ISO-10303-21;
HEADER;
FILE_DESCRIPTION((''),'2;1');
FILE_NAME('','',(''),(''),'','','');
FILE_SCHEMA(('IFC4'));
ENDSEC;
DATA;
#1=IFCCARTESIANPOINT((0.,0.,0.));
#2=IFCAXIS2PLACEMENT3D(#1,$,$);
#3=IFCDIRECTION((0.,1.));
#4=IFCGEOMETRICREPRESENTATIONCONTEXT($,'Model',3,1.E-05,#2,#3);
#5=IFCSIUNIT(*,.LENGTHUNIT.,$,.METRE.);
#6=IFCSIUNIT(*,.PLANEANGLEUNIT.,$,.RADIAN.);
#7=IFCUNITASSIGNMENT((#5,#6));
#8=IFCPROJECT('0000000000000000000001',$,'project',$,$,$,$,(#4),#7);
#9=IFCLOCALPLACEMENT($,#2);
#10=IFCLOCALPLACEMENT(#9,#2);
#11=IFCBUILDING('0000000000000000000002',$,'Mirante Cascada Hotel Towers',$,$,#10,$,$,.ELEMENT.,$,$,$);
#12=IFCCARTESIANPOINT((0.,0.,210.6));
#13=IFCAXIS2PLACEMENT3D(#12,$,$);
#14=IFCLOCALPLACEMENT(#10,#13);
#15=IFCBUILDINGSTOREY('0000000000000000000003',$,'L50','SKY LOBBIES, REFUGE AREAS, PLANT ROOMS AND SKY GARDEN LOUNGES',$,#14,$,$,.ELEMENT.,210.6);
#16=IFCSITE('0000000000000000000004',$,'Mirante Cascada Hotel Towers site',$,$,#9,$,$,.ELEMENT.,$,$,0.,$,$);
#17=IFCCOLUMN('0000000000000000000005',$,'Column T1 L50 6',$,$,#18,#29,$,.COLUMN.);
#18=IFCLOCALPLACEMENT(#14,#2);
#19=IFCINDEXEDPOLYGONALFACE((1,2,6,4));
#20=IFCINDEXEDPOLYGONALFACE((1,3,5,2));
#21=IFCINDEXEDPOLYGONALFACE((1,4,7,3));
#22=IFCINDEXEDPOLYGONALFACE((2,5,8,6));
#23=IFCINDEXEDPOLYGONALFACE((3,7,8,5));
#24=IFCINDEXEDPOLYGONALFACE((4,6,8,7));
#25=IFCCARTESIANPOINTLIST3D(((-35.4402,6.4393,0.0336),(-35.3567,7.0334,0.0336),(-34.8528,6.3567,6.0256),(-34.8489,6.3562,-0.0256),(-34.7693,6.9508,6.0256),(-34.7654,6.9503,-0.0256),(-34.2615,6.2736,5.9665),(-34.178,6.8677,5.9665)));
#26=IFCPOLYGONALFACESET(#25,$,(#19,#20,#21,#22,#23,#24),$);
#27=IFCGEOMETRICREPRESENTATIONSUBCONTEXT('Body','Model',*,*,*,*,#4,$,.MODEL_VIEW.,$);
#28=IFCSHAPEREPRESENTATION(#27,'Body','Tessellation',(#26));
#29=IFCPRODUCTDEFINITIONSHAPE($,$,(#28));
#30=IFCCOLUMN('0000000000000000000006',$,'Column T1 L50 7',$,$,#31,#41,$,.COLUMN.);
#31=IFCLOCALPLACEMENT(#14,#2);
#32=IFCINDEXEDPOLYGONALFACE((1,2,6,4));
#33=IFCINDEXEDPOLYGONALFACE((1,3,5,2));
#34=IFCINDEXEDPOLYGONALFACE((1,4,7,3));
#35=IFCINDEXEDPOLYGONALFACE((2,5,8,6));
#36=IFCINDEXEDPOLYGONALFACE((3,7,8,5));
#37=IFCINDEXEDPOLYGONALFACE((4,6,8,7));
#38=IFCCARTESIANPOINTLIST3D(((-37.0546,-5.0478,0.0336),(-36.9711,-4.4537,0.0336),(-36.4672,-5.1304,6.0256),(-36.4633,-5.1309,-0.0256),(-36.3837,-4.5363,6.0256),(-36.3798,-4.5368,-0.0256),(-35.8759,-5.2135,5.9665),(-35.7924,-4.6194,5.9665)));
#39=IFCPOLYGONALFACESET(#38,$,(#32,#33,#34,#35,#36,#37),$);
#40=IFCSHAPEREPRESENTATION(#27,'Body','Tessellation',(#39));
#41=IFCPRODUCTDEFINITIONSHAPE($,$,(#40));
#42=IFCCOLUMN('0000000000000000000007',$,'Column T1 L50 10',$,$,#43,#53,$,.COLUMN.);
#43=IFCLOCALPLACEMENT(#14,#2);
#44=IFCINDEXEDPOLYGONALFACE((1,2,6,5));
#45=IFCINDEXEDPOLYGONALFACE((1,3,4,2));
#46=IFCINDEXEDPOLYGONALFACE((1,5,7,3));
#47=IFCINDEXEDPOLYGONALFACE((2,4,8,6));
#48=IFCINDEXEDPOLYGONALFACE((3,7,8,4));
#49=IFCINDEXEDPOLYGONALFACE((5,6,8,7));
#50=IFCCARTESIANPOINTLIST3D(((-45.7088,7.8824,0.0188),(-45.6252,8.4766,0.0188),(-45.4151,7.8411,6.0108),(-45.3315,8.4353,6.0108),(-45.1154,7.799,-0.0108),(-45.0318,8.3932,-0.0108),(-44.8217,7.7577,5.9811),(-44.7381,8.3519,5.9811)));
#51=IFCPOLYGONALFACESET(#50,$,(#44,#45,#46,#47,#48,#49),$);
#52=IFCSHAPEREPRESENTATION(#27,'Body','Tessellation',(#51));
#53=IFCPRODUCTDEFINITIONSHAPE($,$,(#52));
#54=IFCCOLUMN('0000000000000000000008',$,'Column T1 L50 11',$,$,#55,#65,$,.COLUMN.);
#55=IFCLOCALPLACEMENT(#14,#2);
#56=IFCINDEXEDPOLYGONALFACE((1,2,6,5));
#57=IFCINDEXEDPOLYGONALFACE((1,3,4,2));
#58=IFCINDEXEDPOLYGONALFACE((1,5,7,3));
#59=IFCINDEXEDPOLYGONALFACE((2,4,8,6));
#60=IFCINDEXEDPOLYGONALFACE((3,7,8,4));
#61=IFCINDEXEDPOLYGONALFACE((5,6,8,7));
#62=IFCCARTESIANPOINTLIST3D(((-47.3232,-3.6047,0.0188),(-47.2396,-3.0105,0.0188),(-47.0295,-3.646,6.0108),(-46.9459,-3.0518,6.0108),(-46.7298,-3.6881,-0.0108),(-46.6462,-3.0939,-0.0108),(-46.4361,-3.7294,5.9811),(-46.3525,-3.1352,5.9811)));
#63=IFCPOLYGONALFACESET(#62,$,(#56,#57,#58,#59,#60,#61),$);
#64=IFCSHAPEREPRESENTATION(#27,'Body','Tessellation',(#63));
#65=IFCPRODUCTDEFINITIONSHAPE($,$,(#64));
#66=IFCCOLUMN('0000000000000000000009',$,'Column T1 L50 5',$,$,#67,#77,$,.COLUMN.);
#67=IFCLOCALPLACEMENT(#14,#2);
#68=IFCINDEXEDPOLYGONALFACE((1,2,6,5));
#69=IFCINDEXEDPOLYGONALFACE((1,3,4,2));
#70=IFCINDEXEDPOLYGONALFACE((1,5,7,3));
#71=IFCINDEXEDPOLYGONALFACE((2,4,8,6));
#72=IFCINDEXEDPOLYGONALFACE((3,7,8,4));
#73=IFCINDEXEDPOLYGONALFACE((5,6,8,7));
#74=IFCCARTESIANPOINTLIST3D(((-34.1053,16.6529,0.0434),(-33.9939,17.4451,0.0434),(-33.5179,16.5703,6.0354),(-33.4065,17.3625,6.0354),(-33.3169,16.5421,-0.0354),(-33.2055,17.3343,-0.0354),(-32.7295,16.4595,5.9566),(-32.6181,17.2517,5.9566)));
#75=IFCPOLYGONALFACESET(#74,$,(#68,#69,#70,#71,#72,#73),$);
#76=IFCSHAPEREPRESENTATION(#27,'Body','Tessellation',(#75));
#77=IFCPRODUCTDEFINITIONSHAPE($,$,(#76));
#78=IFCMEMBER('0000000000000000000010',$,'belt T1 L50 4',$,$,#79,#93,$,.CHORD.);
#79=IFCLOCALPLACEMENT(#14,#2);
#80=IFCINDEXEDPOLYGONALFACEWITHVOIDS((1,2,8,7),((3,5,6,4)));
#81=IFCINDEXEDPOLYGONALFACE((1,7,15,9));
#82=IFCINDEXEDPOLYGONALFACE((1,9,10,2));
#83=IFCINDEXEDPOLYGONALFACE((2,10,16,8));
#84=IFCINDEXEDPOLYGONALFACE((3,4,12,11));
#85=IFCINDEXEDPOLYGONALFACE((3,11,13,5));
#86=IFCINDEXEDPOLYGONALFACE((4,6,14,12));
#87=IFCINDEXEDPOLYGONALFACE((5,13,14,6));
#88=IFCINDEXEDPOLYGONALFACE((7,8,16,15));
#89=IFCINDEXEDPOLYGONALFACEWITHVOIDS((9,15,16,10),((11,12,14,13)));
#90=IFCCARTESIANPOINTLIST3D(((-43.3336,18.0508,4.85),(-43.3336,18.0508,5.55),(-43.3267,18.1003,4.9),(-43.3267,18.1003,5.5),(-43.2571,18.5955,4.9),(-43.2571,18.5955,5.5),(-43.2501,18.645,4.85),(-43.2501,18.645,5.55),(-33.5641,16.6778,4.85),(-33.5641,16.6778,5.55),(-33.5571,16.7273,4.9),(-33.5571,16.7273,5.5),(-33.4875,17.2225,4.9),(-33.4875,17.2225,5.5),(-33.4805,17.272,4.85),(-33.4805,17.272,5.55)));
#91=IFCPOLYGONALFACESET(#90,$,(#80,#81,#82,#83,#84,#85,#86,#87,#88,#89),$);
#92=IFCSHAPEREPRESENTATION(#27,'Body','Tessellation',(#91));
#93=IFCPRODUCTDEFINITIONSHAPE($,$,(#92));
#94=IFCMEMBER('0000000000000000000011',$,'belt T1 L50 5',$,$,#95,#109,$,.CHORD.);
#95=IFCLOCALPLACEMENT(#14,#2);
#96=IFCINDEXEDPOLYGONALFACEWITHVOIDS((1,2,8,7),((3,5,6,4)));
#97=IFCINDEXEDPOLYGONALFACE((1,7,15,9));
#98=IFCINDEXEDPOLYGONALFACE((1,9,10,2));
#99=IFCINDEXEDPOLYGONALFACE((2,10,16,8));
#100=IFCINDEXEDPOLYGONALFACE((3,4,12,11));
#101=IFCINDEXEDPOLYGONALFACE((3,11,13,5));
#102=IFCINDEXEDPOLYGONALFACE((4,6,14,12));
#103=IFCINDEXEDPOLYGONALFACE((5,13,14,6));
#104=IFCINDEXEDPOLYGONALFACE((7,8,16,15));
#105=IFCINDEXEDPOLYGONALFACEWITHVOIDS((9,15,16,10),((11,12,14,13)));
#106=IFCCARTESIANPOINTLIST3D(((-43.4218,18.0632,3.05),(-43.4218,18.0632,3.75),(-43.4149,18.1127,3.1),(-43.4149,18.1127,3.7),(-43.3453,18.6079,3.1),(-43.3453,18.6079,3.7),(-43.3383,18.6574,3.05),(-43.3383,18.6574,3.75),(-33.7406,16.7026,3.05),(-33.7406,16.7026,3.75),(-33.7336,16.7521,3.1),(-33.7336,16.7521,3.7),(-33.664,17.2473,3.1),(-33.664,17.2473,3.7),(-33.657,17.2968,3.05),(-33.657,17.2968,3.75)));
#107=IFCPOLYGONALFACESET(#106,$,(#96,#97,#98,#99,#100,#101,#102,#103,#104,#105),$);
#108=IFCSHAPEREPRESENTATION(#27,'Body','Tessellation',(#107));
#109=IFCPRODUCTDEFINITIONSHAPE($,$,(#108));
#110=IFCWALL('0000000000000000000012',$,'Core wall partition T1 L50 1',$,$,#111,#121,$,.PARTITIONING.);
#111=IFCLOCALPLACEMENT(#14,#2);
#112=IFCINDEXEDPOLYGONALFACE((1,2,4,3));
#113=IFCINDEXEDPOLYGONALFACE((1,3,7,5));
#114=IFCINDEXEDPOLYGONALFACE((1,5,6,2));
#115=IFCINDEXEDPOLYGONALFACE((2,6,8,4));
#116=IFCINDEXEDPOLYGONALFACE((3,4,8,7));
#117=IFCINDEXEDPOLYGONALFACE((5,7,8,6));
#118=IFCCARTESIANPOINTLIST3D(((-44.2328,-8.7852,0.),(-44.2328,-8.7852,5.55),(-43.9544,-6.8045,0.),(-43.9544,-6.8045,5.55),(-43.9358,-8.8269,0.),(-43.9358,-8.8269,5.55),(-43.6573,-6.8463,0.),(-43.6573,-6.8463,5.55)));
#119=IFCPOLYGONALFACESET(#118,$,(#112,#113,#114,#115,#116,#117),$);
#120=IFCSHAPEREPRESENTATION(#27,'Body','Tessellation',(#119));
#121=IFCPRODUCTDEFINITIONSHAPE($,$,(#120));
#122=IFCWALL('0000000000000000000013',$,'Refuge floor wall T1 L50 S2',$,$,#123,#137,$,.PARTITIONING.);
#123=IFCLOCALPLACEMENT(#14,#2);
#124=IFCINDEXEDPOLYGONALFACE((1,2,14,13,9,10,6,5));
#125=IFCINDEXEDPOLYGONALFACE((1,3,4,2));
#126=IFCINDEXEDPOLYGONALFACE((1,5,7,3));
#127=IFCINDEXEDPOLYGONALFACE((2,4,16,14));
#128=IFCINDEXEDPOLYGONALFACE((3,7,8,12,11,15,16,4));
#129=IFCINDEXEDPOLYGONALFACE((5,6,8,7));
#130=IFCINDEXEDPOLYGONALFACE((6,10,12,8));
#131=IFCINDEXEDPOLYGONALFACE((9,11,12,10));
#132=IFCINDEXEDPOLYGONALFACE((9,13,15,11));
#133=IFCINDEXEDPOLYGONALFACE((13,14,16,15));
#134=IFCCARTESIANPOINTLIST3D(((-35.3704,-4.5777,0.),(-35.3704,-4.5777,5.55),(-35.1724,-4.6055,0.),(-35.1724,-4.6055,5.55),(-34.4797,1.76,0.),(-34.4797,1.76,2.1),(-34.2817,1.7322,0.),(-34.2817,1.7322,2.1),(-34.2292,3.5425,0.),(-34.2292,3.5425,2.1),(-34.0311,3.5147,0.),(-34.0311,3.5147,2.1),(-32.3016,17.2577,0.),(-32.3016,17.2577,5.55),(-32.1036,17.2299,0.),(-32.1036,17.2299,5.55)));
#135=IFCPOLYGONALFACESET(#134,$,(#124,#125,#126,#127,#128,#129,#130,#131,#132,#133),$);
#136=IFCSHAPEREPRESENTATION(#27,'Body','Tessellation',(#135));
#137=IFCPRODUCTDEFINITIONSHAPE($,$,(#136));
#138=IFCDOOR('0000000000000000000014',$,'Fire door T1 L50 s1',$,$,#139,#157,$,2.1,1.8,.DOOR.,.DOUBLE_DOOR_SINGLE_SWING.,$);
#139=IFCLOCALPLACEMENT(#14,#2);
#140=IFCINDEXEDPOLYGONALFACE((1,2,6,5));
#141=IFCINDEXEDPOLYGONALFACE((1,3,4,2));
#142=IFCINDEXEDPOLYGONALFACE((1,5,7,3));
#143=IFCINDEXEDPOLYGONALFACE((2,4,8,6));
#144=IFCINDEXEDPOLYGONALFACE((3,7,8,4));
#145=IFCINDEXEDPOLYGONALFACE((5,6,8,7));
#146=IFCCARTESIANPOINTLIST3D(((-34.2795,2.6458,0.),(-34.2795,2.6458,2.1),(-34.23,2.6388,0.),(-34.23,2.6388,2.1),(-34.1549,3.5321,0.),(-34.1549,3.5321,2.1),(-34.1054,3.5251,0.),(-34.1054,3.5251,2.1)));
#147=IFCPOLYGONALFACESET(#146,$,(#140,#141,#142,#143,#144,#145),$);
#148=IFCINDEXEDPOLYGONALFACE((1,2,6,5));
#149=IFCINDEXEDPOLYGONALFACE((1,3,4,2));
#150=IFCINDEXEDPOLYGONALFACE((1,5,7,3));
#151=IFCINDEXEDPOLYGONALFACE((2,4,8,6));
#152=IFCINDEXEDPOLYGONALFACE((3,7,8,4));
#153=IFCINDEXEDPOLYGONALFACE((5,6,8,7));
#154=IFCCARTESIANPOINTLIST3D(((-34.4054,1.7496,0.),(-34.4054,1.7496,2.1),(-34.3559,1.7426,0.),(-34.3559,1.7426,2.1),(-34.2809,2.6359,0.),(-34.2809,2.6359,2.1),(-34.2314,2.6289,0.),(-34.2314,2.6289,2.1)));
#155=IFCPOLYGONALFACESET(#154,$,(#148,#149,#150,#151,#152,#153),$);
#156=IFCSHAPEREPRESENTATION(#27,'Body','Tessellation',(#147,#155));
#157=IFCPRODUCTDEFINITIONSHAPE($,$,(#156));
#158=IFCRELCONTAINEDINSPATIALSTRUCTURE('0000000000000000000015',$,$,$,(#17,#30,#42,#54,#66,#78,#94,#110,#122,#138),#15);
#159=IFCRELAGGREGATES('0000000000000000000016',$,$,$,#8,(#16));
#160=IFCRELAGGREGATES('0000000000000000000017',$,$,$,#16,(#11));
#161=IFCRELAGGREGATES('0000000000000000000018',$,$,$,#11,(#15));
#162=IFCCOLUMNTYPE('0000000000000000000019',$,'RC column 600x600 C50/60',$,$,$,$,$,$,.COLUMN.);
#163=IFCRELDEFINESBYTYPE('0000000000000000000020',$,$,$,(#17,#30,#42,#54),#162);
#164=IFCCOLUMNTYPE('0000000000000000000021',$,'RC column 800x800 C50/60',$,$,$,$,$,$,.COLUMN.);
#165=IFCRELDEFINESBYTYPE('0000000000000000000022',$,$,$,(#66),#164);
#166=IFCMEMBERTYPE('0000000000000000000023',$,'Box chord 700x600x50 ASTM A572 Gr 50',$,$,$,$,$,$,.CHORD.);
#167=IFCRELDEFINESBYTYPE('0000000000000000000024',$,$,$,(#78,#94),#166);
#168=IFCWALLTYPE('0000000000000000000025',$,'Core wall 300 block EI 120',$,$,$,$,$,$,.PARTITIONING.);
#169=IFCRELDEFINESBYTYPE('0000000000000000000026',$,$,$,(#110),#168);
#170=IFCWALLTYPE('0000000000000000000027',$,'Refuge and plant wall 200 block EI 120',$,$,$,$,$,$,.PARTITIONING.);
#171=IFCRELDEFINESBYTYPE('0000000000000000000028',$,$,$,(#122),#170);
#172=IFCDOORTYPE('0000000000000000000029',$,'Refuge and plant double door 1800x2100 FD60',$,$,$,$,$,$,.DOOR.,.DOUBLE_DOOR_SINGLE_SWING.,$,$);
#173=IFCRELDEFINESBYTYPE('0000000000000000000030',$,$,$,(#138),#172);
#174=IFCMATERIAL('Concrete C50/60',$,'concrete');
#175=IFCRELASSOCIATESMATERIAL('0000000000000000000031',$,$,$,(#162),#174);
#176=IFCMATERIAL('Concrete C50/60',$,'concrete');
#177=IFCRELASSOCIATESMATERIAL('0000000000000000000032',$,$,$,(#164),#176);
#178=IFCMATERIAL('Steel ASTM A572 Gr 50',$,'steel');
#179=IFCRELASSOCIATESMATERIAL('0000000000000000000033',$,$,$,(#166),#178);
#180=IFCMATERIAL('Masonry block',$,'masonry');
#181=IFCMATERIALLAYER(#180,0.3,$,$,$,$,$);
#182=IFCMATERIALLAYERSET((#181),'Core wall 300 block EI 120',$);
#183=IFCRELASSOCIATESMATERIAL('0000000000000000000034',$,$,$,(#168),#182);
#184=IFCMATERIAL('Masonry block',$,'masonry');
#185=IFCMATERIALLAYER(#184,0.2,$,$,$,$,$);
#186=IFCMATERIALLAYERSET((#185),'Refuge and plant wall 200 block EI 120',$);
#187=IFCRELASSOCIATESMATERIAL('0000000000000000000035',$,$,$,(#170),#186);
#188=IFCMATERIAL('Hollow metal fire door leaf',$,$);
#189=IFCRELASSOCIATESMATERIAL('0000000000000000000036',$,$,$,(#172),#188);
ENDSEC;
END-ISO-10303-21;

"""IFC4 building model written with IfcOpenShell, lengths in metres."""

from ifc_helpers import new_model, si_unit, direction, frame, frame_2d, origin, origin_2d, place, context, subcontext, project, spatial, rectangle, hollow_rectangle, extrude, material, layer, layer_set, material_profile, profile_set, type_object, element, fill, save


model = new_model("IFC4")

# Units and contexts
model_context = context("Model", 3, precision=1e-05, world=origin(), true_north=direction((0.0, 1.0)))
body_context = subcontext(model_context, "Body", "Model", "MODEL_VIEW")
ifc_project = project(units=[si_unit("LENGTHUNIT", "METRE"), si_unit("PLANEANGLEUNIT", "RADIAN")], contexts=[model_context])

# Site, building, storey
site_placement = place(None, origin())
site = spatial("IfcSite", under=ifc_project, at=site_placement, Name="Mirante Cascada Hotel Towers site", CompositionType="ELEMENT", RefElevation=0.0)
building_placement = place(site_placement, origin())
building = spatial("IfcBuilding", under=site, at=building_placement, Name="Mirante Cascada Hotel Towers", CompositionType="ELEMENT")
storey_placement = place(building_placement, frame((0.0, 0.0, 210.6)))
storey = spatial("IfcBuildingStorey", under=building, at=storey_placement, Name="L50", Description="SKY LOBBIES, REFUGE AREAS, PLANT ROOMS AND SKY GARDEN LOUNGES", CompositionType="ELEMENT", Elevation=210.6)

# Columns
ifc_material_1 = material(Name="Concrete C50/60", Category="concrete")
ifc_material_profile_1 = material_profile(ifc_material_1, rectangle(XDim=0.6, YDim=0.6, at=origin_2d()), Name="RC column 600x600 C50/60")
ifc_profile_set_1 = profile_set([ifc_material_profile_1], Name="Concrete C50/60")
column_type_1 = type_object("IfcColumnType", Name="RC column 600x600 C50/60", PredefinedType="COLUMN", material=ifc_profile_set_1)
for number, where, z_axis, x_axis, name in (
    (1, (-35.1028, 6.6948, 0.004), (0.097554, -0.013718, 0.995136), (0.13925, 0.990257, 0.0), "Column T1 L50 6"),
    (2, (-36.7172, -4.7923, 0.004), (0.097554, -0.013718, 0.995136), (0.13925, 0.990257, 0.0), "Column T1 L50 7"),
):
    element("IfcColumn", number, at=place(storey_placement, frame(where, z_axis=z_axis, x_axis=x_axis)), inside=storey, type_object=column_type_1, Name=name, PredefinedType="COLUMN", context=body_context, shape_type="SweptSolid", body=[
        extrude(rectangle(XDim=0.6, YDim=0.6, at=origin_2d()), origin(), (0.0, 0.0, 1.0), 6.0213),
    ])
for number, where, z_axis, x_axis, name in (
    (3, (-45.3703, 8.1378, 0.004), (0.048955, -0.006884, 0.998777), (0.13925, 0.990257, 0.0), "Column T1 L50 10"),
    (4, (-46.9847, -3.3493, 0.004), (0.048955, -0.006884, 0.998777), (0.13925, 0.990257, 0.0), "Column T1 L50 11"),
):
    element("IfcColumn", number, at=place(storey_placement, frame(where, z_axis=z_axis, x_axis=x_axis)), inside=storey, type_object=column_type_1, Name=name, PredefinedType="COLUMN", context=body_context, shape_type="SweptSolid", body=[
        extrude(rectangle(XDim=0.6, YDim=0.6, at=origin_2d()), origin(), (0.0, 0.0, 1.0), 5.9993),
    ])
ifc_material_2 = material(Name="Concrete C50/60", Category="concrete")
ifc_material_profile_2 = material_profile(ifc_material_2, rectangle(XDim=0.8, YDim=0.8, at=origin_2d()), Name="RC column 800x800 C50/60")
ifc_profile_set_2 = profile_set([ifc_material_profile_2], Name="Concrete C50/60")
column_type_2 = type_object("IfcColumnType", Name="RC column 800x800 C50/60", PredefinedType="COLUMN", material=ifc_profile_set_2)
column_placement = place(storey_placement, frame((-33.6554, 16.9936, 0.004), z_axis=(0.097554, -0.013718, 0.995136), x_axis=(0.13925, 0.990257, 0.0)))
element("IfcColumn", 5, at=column_placement, inside=storey, type_object=column_type_2, Name="Column T1 L50 5", PredefinedType="COLUMN", context=body_context, shape_type="SweptSolid", body=[
    extrude(rectangle(XDim=0.8, YDim=0.8, at=origin_2d()), origin(), (0.0, 0.0, 1.0), 6.0213),
])

# Members
ifc_material_3 = material(Name="Steel ASTM A572 Gr 50", Category="steel")
ifc_material_profile_3 = material_profile(ifc_material_3, hollow_rectangle(XDim=0.6, YDim=0.7, WallThickness=0.05, at=origin_2d()), Name="Box chord 700x600x50 ASTM A572 Gr 50")
ifc_profile_set_3 = profile_set([ifc_material_profile_3], Name="Steel ASTM A572 Gr 50")
member_type = type_object("IfcMemberType", Name="Box chord 700x600x50 ASTM A572 Gr 50", PredefinedType="CHORD", material=ifc_profile_set_3)
member_1_placement = place(storey_placement, frame((-33.5223, 16.9749, 5.2), z_axis=(-0.990268, 0.13917, 0.0), x_axis=(-0.13917, -0.990268, 0.0)))
element("IfcMember", 6, at=member_1_placement, inside=storey, type_object=member_type, Name="belt T1 L50 4", PredefinedType="CHORD", context=body_context, shape_type="SweptSolid", body=[
    extrude(hollow_rectangle(XDim=0.6, YDim=0.7, WallThickness=0.05, at=origin_2d()), origin(), (0.0, 0.0, 1.0), 9.8656),
])
member_2_placement = place(storey_placement, frame((-33.6988, 16.9997, 3.4), z_axis=(-0.990268, 0.139171, 0.0), x_axis=(-0.139171, -0.990268, 0.0)))
element("IfcMember", 7, at=member_2_placement, inside=storey, type_object=member_type, Name="belt T1 L50 5", PredefinedType="CHORD", context=body_context, shape_type="SweptSolid", body=[
    extrude(hollow_rectangle(XDim=0.6, YDim=0.7, WallThickness=0.05, at=origin_2d()), origin(), (0.0, 0.0, 1.0), 9.7764),
])

# Wall
ifc_material_4 = material(Name="Masonry block", Category="masonry")
ifc_layer_1 = layer(ifc_material_4, 0.3)
ifc_layer_set_1 = layer_set([ifc_layer_1], Name="Core wall 300 block EI 120")
wall_type_1 = type_object("IfcWallType", Name="Core wall 300 block EI 120", PredefinedType="PARTITIONING", material=ifc_layer_set_1)
wall_1_placement = place(storey_placement, frame((-44.0843, -8.8061, 0.0), z_axis=(0.0, 0.0, 1.0), x_axis=(0.139195, 0.990265, 0.0)))
element("IfcWall", 8, at=wall_1_placement, inside=storey, type_object=wall_type_1, Name="Core wall partition T1 L50 1", PredefinedType="PARTITIONING", context=body_context, shape_type="SweptSolid", body=[
    extrude(rectangle(XDim=2.0001, YDim=0.3, at=frame_2d((1.0001, 0.0))), origin(), (0.0, 0.0, 1.0), 5.55),
])

# Wall, opening, door
ifc_material_5 = material(Name="Masonry block", Category="masonry")
ifc_layer_2 = layer(ifc_material_5, 0.2)
ifc_layer_set_2 = layer_set([ifc_layer_2], Name="Refuge and plant wall 200 block EI 120")
wall_type_2 = type_object("IfcWallType", Name="Refuge and plant wall 200 block EI 120", PredefinedType="PARTITIONING", material=ifc_layer_set_2)
wall_2_placement = place(storey_placement, frame((-35.2714, -4.5916, 0.0), z_axis=(0.0, 0.0, 1.0), x_axis=(0.139175, 0.990268, 0.0)))
wall_2 = element("IfcWall", 9, at=wall_2_placement, inside=storey, type_object=wall_type_2, Name="Refuge floor wall T1 L50 S2", PredefinedType="PARTITIONING", context=body_context, shape_type="SweptSolid", body=[
    extrude(rectangle(XDim=22.05, YDim=0.2, at=frame_2d((11.025, 0.0))), origin(), (0.0, 0.0, 1.0), 5.55),
])
opening_1_placement = place(wall_2_placement, frame((6.4, 0.0, 0.0)))
opening_1 = element("IfcOpeningElement", 10, at=opening_1_placement, cuts=wall_2, PredefinedType="OPENING", context=body_context, shape_type="SweptSolid", body=[
    extrude(rectangle(XDim=1.8, YDim=2.1, at=frame_2d((0.9, 1.05))), frame((0.0, 0.1, 0.0), z_axis=(0.0, -1.0, 0.0), x_axis=(1.0, 0.0, 0.0)), (0.0, 0.0, 1.0), 0.2),
])
ifc_material_6 = material(Name="Hollow metal fire door leaf")
door_type_1 = type_object("IfcDoorType", Name="Refuge and plant double door 1800x2100 FD60", OperationType="DOUBLE_DOOR_SINGLE_SWING", PredefinedType="DOOR", material=ifc_material_6)
door_1_placement = place(opening_1_placement, frame((1.8, 0.0, 0.0), z_axis=(0.0, 0.0, 1.0), x_axis=(-1.0, 0.0, 0.0)))
door_1 = element("IfcDoor", 11, at=door_1_placement, inside=storey, type_object=door_type_1, Name="Fire door T1 L50 s1", OperationType="DOUBLE_DOOR_SINGLE_SWING", OverallHeight=2.1, OverallWidth=1.8, PredefinedType="DOOR", context=body_context, shape_type="SweptSolid", body=[
    extrude(rectangle(XDim=0.895, YDim=2.1, at=frame_2d((0.4475, 1.05))), frame((0.0, 0.025, 0.0), z_axis=(0.0, -1.0, 0.0), x_axis=(1.0, 0.0, 0.0)), (0.0, 0.0, 1.0), 0.05),
    extrude(rectangle(XDim=0.895, YDim=2.1, at=frame_2d((1.3525, 1.05))), frame((0.0, 0.025, 0.0), z_axis=(0.0, -1.0, 0.0), x_axis=(1.0, 0.0, 0.0)), (0.0, 0.0, 1.0), 0.05),
])
fill(opening_1, door_1)

save(model, "model.ifc")
